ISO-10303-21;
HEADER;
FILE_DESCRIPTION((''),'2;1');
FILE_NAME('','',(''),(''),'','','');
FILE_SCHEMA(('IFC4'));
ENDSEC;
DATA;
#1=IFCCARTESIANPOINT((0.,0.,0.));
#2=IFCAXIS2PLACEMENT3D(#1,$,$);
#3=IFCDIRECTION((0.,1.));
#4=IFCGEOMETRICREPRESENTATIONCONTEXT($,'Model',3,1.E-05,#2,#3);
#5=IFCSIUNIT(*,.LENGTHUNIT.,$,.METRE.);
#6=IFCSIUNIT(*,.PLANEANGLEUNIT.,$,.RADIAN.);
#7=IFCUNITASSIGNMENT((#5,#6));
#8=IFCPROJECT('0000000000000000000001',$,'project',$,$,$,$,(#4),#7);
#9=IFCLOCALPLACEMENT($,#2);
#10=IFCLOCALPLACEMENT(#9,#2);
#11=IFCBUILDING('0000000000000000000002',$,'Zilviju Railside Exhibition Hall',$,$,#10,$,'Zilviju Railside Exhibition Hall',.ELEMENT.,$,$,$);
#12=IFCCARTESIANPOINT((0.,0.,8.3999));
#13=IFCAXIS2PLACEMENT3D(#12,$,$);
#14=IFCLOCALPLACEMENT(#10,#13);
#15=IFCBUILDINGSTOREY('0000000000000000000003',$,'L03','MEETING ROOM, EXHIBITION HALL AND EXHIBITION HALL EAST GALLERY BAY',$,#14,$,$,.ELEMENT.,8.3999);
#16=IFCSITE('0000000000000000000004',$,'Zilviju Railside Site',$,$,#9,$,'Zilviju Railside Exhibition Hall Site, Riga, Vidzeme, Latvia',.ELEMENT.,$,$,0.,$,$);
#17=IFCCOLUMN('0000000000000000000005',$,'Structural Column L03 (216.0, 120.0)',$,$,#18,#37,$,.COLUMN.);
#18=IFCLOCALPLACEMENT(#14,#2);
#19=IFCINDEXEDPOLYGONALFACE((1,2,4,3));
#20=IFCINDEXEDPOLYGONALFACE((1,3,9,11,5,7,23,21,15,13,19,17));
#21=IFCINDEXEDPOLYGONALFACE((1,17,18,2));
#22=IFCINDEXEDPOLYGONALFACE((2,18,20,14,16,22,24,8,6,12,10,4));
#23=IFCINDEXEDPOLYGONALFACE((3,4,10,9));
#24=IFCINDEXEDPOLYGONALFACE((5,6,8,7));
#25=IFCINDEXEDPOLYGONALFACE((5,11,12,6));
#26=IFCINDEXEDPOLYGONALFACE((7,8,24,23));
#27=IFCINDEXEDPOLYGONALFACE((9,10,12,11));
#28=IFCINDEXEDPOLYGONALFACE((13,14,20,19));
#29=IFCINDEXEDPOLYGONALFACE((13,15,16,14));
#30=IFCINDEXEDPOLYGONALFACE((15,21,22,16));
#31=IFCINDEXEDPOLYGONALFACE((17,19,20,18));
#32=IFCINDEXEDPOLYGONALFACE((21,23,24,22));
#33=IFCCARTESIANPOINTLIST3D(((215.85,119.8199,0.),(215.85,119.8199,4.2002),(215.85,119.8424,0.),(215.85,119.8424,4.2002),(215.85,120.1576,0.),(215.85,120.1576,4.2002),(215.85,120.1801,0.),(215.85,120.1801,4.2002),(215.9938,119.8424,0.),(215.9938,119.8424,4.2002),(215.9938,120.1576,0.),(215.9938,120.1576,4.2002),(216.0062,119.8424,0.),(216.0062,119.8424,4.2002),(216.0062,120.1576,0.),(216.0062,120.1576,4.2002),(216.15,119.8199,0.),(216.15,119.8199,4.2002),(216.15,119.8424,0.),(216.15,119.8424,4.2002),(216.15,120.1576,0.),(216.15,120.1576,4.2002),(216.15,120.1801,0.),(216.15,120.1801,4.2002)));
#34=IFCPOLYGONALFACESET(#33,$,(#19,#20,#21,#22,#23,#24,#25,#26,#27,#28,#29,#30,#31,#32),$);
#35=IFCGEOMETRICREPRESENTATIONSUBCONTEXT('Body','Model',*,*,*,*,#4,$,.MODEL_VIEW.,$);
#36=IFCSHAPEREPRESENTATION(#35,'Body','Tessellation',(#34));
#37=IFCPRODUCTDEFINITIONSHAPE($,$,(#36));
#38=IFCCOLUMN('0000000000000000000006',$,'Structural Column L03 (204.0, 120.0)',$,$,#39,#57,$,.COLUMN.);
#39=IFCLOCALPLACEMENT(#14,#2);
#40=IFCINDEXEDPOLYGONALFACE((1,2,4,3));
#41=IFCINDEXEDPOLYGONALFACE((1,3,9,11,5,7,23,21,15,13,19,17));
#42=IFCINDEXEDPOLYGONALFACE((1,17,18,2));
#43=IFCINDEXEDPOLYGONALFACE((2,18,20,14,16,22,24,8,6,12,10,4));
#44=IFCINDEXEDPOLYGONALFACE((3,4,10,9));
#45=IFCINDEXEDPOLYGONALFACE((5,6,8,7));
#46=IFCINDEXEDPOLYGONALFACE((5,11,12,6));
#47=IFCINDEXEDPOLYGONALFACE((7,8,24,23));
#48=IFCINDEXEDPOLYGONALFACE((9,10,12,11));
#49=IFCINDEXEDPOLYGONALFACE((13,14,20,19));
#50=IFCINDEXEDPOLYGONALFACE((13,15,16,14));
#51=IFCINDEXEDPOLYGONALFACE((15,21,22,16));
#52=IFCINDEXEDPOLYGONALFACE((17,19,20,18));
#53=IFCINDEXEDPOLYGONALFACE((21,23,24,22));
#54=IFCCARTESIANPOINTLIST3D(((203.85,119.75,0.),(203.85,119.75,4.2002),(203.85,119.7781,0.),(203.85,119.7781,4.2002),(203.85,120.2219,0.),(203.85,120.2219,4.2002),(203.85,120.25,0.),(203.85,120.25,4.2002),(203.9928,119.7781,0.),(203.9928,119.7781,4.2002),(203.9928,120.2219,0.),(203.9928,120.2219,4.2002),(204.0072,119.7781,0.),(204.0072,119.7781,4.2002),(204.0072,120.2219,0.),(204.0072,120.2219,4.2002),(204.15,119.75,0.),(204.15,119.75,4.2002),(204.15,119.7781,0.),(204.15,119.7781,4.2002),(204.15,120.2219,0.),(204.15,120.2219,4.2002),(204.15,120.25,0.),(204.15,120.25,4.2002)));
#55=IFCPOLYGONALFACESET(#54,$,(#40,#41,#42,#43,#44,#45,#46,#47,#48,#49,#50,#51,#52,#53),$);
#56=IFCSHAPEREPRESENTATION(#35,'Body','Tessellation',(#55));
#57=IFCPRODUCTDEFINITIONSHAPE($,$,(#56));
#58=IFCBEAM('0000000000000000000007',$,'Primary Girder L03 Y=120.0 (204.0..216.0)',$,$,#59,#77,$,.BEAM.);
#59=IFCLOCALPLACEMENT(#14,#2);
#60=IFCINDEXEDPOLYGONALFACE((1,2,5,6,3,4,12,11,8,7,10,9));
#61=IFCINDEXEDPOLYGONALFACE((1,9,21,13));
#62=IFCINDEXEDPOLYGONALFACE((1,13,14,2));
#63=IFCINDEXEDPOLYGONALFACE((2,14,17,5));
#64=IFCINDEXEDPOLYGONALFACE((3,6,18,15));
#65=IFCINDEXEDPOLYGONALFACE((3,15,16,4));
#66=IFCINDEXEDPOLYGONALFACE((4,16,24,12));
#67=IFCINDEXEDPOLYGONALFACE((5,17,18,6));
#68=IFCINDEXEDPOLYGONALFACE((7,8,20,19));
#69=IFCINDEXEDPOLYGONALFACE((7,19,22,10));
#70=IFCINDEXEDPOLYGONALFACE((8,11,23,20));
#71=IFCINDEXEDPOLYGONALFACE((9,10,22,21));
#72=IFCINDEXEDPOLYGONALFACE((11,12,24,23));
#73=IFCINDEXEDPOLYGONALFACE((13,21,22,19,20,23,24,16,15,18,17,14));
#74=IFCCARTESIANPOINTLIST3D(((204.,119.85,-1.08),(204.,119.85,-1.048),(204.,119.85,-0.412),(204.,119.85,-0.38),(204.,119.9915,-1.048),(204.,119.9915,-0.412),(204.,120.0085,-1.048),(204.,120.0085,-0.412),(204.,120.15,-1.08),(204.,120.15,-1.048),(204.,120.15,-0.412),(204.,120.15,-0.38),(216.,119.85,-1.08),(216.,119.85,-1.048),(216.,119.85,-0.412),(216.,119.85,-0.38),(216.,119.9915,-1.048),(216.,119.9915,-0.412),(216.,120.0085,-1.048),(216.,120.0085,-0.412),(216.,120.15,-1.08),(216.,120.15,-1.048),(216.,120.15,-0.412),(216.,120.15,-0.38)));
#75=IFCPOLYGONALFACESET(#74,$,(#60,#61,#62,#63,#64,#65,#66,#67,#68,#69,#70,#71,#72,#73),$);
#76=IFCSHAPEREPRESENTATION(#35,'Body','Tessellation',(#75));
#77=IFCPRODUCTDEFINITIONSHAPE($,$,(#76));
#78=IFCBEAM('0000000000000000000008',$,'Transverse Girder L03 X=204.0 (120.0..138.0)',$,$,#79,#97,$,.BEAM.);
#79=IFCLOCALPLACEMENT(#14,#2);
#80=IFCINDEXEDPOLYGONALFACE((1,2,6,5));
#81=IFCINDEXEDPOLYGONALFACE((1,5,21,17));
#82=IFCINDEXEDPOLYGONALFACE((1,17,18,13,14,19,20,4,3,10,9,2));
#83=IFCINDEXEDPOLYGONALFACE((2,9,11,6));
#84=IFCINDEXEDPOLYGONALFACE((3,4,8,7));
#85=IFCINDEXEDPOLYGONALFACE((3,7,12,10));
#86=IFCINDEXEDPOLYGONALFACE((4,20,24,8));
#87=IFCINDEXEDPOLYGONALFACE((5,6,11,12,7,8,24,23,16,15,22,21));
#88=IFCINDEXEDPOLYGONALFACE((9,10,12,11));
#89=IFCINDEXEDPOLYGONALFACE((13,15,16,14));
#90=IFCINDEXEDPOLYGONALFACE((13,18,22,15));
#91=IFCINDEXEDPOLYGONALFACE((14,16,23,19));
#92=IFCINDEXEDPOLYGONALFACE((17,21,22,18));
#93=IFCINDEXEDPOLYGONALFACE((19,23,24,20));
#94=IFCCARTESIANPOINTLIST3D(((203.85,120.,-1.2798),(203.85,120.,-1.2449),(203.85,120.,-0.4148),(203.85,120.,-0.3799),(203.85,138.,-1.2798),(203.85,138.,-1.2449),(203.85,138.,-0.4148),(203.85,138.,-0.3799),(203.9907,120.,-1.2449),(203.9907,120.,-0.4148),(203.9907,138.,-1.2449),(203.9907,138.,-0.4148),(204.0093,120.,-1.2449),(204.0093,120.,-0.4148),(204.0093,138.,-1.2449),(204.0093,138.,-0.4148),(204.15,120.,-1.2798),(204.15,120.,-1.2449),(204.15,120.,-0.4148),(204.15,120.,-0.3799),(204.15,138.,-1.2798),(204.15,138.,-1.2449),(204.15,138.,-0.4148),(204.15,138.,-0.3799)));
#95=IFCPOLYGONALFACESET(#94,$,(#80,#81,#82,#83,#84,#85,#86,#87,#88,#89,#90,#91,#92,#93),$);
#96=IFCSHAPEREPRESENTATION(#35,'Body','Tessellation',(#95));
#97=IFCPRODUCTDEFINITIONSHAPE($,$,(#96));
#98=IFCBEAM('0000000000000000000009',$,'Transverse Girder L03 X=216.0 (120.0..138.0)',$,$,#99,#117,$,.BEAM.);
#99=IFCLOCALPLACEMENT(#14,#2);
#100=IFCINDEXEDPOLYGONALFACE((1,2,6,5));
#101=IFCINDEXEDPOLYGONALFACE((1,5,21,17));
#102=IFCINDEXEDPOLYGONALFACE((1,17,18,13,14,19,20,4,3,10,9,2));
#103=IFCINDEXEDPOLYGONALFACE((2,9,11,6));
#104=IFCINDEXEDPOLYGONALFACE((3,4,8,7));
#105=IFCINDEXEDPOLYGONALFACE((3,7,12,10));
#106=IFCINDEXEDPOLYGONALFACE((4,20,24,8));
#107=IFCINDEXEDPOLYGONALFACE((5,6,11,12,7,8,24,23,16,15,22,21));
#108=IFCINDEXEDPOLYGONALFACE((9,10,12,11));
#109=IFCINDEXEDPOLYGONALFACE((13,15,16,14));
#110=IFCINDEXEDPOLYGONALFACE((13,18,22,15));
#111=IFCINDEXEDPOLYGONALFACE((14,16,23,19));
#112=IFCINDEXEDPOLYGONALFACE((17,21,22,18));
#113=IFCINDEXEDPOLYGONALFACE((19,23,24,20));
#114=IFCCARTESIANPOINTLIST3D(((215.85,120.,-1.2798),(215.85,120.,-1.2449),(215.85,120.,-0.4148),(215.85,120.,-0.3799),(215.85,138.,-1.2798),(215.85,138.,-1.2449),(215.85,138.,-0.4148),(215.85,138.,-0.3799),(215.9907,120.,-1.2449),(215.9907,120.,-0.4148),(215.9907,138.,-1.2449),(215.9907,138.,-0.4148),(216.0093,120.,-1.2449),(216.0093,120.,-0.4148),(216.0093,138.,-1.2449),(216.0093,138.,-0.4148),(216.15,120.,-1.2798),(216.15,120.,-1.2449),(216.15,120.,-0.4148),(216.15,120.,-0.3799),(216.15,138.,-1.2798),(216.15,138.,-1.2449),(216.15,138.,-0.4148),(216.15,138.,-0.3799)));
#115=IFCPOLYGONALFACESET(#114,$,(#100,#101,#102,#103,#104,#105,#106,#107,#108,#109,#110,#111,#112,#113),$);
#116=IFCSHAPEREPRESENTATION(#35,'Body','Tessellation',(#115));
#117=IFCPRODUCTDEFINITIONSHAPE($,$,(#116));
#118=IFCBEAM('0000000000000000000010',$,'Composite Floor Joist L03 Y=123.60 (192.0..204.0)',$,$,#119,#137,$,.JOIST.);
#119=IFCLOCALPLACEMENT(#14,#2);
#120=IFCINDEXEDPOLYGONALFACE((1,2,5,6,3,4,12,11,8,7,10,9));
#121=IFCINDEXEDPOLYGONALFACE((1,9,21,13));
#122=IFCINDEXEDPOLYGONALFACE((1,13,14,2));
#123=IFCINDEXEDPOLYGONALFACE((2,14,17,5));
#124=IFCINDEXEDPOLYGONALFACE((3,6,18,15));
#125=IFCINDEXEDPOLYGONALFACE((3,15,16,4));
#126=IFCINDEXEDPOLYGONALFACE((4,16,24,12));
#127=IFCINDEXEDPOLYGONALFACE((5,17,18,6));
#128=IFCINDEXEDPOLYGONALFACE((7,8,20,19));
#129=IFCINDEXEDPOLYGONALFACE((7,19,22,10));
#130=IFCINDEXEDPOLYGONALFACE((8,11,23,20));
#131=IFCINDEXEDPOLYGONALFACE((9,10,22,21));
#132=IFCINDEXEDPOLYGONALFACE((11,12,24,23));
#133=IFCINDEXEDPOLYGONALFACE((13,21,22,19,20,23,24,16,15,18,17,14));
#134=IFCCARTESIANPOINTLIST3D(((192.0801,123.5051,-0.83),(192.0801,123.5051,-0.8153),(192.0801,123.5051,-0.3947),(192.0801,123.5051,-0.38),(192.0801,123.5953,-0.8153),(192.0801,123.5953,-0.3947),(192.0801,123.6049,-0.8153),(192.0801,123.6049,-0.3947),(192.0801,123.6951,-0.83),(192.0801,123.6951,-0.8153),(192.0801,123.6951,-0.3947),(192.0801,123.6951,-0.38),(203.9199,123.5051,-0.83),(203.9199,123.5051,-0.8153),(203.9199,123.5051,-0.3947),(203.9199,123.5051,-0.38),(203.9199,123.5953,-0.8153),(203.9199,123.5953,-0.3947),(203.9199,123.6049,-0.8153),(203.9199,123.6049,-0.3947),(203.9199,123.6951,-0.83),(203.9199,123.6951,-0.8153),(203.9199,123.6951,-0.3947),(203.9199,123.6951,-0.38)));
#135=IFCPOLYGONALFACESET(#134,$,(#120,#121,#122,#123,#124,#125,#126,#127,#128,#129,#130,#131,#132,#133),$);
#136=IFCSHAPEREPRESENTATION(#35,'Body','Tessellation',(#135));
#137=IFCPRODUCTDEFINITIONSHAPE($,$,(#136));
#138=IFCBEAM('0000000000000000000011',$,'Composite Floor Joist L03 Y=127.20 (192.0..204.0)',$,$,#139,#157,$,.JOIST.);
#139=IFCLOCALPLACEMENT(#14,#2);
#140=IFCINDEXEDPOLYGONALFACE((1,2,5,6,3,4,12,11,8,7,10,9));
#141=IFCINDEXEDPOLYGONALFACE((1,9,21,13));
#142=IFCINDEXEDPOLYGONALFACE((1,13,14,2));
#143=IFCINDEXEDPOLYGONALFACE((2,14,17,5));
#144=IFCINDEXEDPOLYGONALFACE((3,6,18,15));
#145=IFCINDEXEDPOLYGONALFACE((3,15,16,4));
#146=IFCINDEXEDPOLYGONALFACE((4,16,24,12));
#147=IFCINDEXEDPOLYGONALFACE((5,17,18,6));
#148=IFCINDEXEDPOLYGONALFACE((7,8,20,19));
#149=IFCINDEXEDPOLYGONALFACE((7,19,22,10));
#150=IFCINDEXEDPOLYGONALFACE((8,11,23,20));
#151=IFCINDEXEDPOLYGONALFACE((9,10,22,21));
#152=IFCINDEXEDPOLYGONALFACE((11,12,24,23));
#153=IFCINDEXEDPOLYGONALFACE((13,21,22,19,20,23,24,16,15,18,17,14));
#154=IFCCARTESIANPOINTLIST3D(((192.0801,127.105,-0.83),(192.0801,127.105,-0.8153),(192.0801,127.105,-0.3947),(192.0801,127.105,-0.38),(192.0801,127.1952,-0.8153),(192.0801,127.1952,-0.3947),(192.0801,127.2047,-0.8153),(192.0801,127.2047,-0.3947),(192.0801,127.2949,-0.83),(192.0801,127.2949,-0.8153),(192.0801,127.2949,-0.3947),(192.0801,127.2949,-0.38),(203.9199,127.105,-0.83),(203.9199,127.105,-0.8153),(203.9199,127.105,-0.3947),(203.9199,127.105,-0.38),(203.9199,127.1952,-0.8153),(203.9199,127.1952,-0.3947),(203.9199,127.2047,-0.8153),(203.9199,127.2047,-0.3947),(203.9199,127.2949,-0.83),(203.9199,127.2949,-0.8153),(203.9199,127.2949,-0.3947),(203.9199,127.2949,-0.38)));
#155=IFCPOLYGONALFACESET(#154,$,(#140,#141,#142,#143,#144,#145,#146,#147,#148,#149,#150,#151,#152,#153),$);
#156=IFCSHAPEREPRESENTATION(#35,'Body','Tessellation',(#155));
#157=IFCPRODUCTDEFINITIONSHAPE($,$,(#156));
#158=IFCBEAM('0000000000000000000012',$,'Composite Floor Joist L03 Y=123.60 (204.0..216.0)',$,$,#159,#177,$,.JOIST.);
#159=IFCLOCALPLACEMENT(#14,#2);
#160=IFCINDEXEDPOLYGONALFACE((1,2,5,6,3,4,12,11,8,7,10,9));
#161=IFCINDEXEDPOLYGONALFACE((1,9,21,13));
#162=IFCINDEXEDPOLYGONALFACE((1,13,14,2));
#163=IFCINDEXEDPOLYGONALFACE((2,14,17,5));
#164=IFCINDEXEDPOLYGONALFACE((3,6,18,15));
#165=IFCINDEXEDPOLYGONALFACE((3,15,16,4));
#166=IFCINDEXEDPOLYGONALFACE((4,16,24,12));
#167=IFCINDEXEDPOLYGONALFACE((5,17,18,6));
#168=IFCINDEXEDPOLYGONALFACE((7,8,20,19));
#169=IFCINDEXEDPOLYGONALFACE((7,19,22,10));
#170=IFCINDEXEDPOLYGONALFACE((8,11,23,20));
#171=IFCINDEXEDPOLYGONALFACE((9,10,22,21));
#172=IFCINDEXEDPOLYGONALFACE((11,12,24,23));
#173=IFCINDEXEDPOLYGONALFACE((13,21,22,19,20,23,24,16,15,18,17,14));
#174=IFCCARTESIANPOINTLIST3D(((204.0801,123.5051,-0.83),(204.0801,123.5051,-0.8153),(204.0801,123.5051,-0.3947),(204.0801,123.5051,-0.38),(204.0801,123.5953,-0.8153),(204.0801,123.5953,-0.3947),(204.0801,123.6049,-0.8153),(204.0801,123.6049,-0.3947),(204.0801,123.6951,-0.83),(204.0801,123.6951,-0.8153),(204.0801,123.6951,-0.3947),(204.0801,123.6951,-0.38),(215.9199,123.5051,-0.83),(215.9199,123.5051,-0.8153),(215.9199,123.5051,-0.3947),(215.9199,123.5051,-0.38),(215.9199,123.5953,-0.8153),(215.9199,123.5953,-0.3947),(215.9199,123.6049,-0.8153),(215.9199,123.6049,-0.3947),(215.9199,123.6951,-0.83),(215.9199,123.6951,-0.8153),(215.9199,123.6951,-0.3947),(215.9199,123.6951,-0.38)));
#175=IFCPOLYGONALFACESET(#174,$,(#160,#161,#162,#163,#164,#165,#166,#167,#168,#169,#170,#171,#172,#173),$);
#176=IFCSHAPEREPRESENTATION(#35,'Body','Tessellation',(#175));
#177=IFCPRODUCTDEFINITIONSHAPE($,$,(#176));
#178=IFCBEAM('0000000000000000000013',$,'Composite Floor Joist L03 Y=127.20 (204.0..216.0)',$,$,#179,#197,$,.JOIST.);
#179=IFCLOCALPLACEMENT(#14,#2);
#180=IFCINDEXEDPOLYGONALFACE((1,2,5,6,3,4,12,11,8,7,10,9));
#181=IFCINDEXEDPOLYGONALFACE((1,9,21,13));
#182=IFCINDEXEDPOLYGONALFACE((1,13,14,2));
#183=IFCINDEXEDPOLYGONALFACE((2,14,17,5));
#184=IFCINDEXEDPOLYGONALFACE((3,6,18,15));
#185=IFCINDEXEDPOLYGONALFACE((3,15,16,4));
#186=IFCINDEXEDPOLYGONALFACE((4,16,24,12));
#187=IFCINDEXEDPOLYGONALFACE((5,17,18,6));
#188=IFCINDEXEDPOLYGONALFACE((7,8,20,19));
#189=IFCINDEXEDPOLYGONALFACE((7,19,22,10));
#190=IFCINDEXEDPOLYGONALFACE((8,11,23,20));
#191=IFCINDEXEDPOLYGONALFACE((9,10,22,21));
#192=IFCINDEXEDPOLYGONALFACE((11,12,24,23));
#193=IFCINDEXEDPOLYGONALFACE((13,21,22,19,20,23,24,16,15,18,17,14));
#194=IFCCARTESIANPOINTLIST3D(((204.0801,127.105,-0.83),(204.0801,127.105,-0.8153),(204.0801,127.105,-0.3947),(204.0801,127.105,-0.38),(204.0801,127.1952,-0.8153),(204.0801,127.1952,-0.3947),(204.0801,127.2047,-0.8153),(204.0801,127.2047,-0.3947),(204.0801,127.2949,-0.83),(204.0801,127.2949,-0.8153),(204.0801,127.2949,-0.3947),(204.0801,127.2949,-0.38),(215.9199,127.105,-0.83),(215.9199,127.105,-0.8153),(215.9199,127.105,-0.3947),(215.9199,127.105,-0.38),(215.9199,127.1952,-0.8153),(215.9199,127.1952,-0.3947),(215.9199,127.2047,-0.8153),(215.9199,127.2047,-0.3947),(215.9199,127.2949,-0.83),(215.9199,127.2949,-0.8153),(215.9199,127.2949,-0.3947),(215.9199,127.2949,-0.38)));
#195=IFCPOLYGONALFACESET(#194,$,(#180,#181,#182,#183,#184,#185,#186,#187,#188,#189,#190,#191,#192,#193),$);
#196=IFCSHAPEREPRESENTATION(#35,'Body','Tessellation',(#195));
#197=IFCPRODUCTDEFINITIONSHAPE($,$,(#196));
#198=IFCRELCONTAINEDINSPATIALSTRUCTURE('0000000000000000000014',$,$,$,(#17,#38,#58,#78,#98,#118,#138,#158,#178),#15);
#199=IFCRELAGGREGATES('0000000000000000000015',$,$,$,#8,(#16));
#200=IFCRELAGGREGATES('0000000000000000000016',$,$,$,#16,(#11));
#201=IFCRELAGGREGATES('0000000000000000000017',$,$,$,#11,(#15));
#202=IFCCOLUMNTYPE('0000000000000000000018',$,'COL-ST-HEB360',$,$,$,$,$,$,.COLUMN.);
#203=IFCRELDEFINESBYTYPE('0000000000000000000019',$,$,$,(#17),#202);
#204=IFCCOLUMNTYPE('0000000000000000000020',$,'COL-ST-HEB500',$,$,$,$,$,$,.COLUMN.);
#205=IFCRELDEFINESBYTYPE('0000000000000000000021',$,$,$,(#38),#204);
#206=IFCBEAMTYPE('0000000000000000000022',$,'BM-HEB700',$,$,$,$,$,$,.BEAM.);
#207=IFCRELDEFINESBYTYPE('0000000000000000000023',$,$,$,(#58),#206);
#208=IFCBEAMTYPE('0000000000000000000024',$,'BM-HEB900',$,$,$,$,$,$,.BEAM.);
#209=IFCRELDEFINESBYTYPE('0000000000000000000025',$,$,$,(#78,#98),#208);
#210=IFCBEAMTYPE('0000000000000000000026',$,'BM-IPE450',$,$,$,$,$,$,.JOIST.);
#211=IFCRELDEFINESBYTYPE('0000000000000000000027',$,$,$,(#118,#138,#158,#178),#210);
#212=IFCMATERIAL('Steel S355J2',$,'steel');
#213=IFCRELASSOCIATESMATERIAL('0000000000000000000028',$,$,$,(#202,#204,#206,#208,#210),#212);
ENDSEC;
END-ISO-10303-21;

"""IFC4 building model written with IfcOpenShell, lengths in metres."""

from ifc_helpers import new_model, si_unit, direction, frame, origin, origin_2d, place, context, subcontext, project, spatial, i_section, extrude, material, material_profile, profile_set, type_object, element, save


model = new_model("IFC4")

# Units and contexts
model_context = context("Model", 3, precision=1e-05, world=origin(), true_north=direction((0.0, 1.0)))
body_context = subcontext(model_context, "Body", "Model", "MODEL_VIEW")
ifc_project = project(units=[si_unit("LENGTHUNIT", "METRE"), si_unit("PLANEANGLEUNIT", "RADIAN")], contexts=[model_context])

# Site, building, storey
site_placement = place(None, origin())
site = spatial("IfcSite", under=ifc_project, at=site_placement, Name="Zilviju Railside Site", LongName="Zilviju Railside Exhibition Hall Site, Riga, Vidzeme, Latvia", CompositionType="ELEMENT", RefElevation=0.0)
building_placement = place(site_placement, origin())
building = spatial("IfcBuilding", under=site, at=building_placement, Name="Zilviju Railside Exhibition Hall", LongName="Zilviju Railside Exhibition Hall", CompositionType="ELEMENT")
storey_placement = place(building_placement, frame((0.0, 0.0, 8.3999)))
storey = spatial("IfcBuildingStorey", under=building, at=storey_placement, Name="L03", Description="MEETING ROOM, EXHIBITION HALL AND EXHIBITION HALL EAST GALLERY BAY", CompositionType="ELEMENT", Elevation=8.3999)

# Columns
ifc_material_1 = material(Name="Steel S355J2", Category="steel")
ifc_material_profile_1 = material_profile(ifc_material_1, i_section(OverallWidth=0.3, OverallDepth=0.3601, WebThickness=0.0125, FlangeThickness=0.0225, at=origin_2d()), Name="HEB 360")
ifc_profile_set_1 = profile_set([ifc_material_profile_1], Name="Steel S355J2")
column_type_1 = type_object("IfcColumnType", Name="COL-ST-HEB360", PredefinedType="COLUMN", material=ifc_profile_set_1)
column_1_placement = place(storey_placement, frame((216.0, 120.0, 0.0), z_axis=(0.0, 0.0, 1.0), x_axis=(1.0, 0.0, 0.0)))
element("IfcColumn", 1, at=column_1_placement, inside=storey, type_object=column_type_1, Name="Structural Column L03 (216.0, 120.0)", PredefinedType="COLUMN", context=body_context, shape_type="SweptSolid", body=[
    extrude(i_section(OverallWidth=0.3, OverallDepth=0.3601, WebThickness=0.0125, FlangeThickness=0.0225, at=origin_2d()), origin(), (0.0, 0.0, 1.0), 4.2002),
])
ifc_material_profile_2 = material_profile(ifc_material_1, i_section(OverallWidth=0.3, OverallDepth=0.5, WebThickness=0.0144, FlangeThickness=0.0281, at=origin_2d()), Name="HEB 500")
ifc_profile_set_2 = profile_set([ifc_material_profile_2], Name="Steel S355J2")
column_type_2 = type_object("IfcColumnType", Name="COL-ST-HEB500", PredefinedType="COLUMN", material=ifc_profile_set_2)
column_2_placement = place(storey_placement, frame((204.0, 120.0, 0.0), z_axis=(0.0, 0.0, 1.0), x_axis=(1.0, 0.0, 0.0)))
element("IfcColumn", 2, at=column_2_placement, inside=storey, type_object=column_type_2, Name="Structural Column L03 (204.0, 120.0)", PredefinedType="COLUMN", context=body_context, shape_type="SweptSolid", body=[
    extrude(i_section(OverallWidth=0.3, OverallDepth=0.5, WebThickness=0.0144, FlangeThickness=0.0281, at=origin_2d()), origin(), (0.0, 0.0, 1.0), 4.2002),
])

# Beams
ifc_material_profile_3 = material_profile(ifc_material_1, i_section(OverallWidth=0.3, OverallDepth=0.7, WebThickness=0.0171, FlangeThickness=0.032, at=origin_2d()), Name="HEB 700")
ifc_profile_set_3 = profile_set([ifc_material_profile_3], Name="Steel S355J2")
beam_type_1 = type_object("IfcBeamType", Name="BM-HEB700", PredefinedType="BEAM", material=ifc_profile_set_3)
beam_placement = place(storey_placement, frame((204.0, 120.0, -0.73), z_axis=(1.0, 0.0, 0.0), x_axis=(0.0, 1.0, 0.0)))
element("IfcBeam", 3, at=beam_placement, inside=storey, type_object=beam_type_1, Name="Primary Girder L03 Y=120.0 (204.0..216.0)", PredefinedType="BEAM", context=body_context, shape_type="SweptSolid", body=[
    extrude(i_section(OverallWidth=0.3, OverallDepth=0.7, WebThickness=0.0171, FlangeThickness=0.032, at=origin_2d()), origin(), (0.0, 0.0, 1.0), 12.0),
])
ifc_material_profile_4 = material_profile(ifc_material_1, i_section(OverallWidth=0.3, OverallDepth=0.8999, WebThickness=0.0186, FlangeThickness=0.0349, at=origin_2d()), Name="HEB 900")
ifc_profile_set_4 = profile_set([ifc_material_profile_4], Name="Steel S355J2")
beam_type_2 = type_object("IfcBeamType", Name="BM-HEB900", PredefinedType="BEAM", material=ifc_profile_set_4)
for number, where, z_axis, x_axis, name in (
    (4, (204.0, 120.0, -0.8298), (0.0, 1.0, 0.0), (-1.0, 0.0, 0.0), "Transverse Girder L03 X=204.0 (120.0..138.0)"),
    (5, (216.0, 120.0, -0.8298), (0.0, 1.0, 0.0), (-1.0, 0.0, 0.0), "Transverse Girder L03 X=216.0 (120.0..138.0)"),
):
    element("IfcBeam", number, at=place(storey_placement, frame(where, z_axis=z_axis, x_axis=x_axis)), inside=storey, type_object=beam_type_2, Name=name, PredefinedType="BEAM", context=body_context, shape_type="SweptSolid", body=[
        extrude(i_section(OverallWidth=0.3, OverallDepth=0.8999, WebThickness=0.0186, FlangeThickness=0.0349, at=origin_2d()), origin(), (0.0, 0.0, 1.0), 18.0),
    ])
ifc_material_profile_5 = material_profile(ifc_material_1, i_section(OverallWidth=0.1899, OverallDepth=0.45, WebThickness=0.0095, FlangeThickness=0.0146, at=origin_2d()), Name="IPE 450")
ifc_profile_set_5 = profile_set([ifc_material_profile_5], Name="Steel S355J2")
beam_type_3 = type_object("IfcBeamType", Name="BM-IPE450", PredefinedType="JOIST", material=ifc_profile_set_5)
for number, where, z_axis, x_axis, name in (
    (6, (192.0801, 123.6001, -0.605), (1.0, 0.0, 0.0), (0.0, 1.0, 0.0), "Composite Floor Joist L03 Y=123.60 (192.0..204.0)"),
    (7, (192.0801, 127.2, -0.605), (1.0, 0.0, 0.0), (0.0, 1.0, 0.0), "Composite Floor Joist L03 Y=127.20 (192.0..204.0)"),
    (8, (204.0801, 123.6001, -0.605), (1.0, 0.0, 0.0), (0.0, 1.0, 0.0), "Composite Floor Joist L03 Y=123.60 (204.0..216.0)"),
    (9, (204.0801, 127.2, -0.605), (1.0, 0.0, 0.0), (0.0, 1.0, 0.0), "Composite Floor Joist L03 Y=127.20 (204.0..216.0)"),
):
    element("IfcBeam", number, at=place(storey_placement, frame(where, z_axis=z_axis, x_axis=x_axis)), inside=storey, type_object=beam_type_3, Name=name, PredefinedType="JOIST", context=body_context, shape_type="SweptSolid", body=[
        extrude(i_section(OverallWidth=0.1899, OverallDepth=0.45, WebThickness=0.0095, FlangeThickness=0.0146, at=origin_2d()), origin(), (0.0, 0.0, 1.0), 11.8398),
    ])

save(model, "model.ifc")
